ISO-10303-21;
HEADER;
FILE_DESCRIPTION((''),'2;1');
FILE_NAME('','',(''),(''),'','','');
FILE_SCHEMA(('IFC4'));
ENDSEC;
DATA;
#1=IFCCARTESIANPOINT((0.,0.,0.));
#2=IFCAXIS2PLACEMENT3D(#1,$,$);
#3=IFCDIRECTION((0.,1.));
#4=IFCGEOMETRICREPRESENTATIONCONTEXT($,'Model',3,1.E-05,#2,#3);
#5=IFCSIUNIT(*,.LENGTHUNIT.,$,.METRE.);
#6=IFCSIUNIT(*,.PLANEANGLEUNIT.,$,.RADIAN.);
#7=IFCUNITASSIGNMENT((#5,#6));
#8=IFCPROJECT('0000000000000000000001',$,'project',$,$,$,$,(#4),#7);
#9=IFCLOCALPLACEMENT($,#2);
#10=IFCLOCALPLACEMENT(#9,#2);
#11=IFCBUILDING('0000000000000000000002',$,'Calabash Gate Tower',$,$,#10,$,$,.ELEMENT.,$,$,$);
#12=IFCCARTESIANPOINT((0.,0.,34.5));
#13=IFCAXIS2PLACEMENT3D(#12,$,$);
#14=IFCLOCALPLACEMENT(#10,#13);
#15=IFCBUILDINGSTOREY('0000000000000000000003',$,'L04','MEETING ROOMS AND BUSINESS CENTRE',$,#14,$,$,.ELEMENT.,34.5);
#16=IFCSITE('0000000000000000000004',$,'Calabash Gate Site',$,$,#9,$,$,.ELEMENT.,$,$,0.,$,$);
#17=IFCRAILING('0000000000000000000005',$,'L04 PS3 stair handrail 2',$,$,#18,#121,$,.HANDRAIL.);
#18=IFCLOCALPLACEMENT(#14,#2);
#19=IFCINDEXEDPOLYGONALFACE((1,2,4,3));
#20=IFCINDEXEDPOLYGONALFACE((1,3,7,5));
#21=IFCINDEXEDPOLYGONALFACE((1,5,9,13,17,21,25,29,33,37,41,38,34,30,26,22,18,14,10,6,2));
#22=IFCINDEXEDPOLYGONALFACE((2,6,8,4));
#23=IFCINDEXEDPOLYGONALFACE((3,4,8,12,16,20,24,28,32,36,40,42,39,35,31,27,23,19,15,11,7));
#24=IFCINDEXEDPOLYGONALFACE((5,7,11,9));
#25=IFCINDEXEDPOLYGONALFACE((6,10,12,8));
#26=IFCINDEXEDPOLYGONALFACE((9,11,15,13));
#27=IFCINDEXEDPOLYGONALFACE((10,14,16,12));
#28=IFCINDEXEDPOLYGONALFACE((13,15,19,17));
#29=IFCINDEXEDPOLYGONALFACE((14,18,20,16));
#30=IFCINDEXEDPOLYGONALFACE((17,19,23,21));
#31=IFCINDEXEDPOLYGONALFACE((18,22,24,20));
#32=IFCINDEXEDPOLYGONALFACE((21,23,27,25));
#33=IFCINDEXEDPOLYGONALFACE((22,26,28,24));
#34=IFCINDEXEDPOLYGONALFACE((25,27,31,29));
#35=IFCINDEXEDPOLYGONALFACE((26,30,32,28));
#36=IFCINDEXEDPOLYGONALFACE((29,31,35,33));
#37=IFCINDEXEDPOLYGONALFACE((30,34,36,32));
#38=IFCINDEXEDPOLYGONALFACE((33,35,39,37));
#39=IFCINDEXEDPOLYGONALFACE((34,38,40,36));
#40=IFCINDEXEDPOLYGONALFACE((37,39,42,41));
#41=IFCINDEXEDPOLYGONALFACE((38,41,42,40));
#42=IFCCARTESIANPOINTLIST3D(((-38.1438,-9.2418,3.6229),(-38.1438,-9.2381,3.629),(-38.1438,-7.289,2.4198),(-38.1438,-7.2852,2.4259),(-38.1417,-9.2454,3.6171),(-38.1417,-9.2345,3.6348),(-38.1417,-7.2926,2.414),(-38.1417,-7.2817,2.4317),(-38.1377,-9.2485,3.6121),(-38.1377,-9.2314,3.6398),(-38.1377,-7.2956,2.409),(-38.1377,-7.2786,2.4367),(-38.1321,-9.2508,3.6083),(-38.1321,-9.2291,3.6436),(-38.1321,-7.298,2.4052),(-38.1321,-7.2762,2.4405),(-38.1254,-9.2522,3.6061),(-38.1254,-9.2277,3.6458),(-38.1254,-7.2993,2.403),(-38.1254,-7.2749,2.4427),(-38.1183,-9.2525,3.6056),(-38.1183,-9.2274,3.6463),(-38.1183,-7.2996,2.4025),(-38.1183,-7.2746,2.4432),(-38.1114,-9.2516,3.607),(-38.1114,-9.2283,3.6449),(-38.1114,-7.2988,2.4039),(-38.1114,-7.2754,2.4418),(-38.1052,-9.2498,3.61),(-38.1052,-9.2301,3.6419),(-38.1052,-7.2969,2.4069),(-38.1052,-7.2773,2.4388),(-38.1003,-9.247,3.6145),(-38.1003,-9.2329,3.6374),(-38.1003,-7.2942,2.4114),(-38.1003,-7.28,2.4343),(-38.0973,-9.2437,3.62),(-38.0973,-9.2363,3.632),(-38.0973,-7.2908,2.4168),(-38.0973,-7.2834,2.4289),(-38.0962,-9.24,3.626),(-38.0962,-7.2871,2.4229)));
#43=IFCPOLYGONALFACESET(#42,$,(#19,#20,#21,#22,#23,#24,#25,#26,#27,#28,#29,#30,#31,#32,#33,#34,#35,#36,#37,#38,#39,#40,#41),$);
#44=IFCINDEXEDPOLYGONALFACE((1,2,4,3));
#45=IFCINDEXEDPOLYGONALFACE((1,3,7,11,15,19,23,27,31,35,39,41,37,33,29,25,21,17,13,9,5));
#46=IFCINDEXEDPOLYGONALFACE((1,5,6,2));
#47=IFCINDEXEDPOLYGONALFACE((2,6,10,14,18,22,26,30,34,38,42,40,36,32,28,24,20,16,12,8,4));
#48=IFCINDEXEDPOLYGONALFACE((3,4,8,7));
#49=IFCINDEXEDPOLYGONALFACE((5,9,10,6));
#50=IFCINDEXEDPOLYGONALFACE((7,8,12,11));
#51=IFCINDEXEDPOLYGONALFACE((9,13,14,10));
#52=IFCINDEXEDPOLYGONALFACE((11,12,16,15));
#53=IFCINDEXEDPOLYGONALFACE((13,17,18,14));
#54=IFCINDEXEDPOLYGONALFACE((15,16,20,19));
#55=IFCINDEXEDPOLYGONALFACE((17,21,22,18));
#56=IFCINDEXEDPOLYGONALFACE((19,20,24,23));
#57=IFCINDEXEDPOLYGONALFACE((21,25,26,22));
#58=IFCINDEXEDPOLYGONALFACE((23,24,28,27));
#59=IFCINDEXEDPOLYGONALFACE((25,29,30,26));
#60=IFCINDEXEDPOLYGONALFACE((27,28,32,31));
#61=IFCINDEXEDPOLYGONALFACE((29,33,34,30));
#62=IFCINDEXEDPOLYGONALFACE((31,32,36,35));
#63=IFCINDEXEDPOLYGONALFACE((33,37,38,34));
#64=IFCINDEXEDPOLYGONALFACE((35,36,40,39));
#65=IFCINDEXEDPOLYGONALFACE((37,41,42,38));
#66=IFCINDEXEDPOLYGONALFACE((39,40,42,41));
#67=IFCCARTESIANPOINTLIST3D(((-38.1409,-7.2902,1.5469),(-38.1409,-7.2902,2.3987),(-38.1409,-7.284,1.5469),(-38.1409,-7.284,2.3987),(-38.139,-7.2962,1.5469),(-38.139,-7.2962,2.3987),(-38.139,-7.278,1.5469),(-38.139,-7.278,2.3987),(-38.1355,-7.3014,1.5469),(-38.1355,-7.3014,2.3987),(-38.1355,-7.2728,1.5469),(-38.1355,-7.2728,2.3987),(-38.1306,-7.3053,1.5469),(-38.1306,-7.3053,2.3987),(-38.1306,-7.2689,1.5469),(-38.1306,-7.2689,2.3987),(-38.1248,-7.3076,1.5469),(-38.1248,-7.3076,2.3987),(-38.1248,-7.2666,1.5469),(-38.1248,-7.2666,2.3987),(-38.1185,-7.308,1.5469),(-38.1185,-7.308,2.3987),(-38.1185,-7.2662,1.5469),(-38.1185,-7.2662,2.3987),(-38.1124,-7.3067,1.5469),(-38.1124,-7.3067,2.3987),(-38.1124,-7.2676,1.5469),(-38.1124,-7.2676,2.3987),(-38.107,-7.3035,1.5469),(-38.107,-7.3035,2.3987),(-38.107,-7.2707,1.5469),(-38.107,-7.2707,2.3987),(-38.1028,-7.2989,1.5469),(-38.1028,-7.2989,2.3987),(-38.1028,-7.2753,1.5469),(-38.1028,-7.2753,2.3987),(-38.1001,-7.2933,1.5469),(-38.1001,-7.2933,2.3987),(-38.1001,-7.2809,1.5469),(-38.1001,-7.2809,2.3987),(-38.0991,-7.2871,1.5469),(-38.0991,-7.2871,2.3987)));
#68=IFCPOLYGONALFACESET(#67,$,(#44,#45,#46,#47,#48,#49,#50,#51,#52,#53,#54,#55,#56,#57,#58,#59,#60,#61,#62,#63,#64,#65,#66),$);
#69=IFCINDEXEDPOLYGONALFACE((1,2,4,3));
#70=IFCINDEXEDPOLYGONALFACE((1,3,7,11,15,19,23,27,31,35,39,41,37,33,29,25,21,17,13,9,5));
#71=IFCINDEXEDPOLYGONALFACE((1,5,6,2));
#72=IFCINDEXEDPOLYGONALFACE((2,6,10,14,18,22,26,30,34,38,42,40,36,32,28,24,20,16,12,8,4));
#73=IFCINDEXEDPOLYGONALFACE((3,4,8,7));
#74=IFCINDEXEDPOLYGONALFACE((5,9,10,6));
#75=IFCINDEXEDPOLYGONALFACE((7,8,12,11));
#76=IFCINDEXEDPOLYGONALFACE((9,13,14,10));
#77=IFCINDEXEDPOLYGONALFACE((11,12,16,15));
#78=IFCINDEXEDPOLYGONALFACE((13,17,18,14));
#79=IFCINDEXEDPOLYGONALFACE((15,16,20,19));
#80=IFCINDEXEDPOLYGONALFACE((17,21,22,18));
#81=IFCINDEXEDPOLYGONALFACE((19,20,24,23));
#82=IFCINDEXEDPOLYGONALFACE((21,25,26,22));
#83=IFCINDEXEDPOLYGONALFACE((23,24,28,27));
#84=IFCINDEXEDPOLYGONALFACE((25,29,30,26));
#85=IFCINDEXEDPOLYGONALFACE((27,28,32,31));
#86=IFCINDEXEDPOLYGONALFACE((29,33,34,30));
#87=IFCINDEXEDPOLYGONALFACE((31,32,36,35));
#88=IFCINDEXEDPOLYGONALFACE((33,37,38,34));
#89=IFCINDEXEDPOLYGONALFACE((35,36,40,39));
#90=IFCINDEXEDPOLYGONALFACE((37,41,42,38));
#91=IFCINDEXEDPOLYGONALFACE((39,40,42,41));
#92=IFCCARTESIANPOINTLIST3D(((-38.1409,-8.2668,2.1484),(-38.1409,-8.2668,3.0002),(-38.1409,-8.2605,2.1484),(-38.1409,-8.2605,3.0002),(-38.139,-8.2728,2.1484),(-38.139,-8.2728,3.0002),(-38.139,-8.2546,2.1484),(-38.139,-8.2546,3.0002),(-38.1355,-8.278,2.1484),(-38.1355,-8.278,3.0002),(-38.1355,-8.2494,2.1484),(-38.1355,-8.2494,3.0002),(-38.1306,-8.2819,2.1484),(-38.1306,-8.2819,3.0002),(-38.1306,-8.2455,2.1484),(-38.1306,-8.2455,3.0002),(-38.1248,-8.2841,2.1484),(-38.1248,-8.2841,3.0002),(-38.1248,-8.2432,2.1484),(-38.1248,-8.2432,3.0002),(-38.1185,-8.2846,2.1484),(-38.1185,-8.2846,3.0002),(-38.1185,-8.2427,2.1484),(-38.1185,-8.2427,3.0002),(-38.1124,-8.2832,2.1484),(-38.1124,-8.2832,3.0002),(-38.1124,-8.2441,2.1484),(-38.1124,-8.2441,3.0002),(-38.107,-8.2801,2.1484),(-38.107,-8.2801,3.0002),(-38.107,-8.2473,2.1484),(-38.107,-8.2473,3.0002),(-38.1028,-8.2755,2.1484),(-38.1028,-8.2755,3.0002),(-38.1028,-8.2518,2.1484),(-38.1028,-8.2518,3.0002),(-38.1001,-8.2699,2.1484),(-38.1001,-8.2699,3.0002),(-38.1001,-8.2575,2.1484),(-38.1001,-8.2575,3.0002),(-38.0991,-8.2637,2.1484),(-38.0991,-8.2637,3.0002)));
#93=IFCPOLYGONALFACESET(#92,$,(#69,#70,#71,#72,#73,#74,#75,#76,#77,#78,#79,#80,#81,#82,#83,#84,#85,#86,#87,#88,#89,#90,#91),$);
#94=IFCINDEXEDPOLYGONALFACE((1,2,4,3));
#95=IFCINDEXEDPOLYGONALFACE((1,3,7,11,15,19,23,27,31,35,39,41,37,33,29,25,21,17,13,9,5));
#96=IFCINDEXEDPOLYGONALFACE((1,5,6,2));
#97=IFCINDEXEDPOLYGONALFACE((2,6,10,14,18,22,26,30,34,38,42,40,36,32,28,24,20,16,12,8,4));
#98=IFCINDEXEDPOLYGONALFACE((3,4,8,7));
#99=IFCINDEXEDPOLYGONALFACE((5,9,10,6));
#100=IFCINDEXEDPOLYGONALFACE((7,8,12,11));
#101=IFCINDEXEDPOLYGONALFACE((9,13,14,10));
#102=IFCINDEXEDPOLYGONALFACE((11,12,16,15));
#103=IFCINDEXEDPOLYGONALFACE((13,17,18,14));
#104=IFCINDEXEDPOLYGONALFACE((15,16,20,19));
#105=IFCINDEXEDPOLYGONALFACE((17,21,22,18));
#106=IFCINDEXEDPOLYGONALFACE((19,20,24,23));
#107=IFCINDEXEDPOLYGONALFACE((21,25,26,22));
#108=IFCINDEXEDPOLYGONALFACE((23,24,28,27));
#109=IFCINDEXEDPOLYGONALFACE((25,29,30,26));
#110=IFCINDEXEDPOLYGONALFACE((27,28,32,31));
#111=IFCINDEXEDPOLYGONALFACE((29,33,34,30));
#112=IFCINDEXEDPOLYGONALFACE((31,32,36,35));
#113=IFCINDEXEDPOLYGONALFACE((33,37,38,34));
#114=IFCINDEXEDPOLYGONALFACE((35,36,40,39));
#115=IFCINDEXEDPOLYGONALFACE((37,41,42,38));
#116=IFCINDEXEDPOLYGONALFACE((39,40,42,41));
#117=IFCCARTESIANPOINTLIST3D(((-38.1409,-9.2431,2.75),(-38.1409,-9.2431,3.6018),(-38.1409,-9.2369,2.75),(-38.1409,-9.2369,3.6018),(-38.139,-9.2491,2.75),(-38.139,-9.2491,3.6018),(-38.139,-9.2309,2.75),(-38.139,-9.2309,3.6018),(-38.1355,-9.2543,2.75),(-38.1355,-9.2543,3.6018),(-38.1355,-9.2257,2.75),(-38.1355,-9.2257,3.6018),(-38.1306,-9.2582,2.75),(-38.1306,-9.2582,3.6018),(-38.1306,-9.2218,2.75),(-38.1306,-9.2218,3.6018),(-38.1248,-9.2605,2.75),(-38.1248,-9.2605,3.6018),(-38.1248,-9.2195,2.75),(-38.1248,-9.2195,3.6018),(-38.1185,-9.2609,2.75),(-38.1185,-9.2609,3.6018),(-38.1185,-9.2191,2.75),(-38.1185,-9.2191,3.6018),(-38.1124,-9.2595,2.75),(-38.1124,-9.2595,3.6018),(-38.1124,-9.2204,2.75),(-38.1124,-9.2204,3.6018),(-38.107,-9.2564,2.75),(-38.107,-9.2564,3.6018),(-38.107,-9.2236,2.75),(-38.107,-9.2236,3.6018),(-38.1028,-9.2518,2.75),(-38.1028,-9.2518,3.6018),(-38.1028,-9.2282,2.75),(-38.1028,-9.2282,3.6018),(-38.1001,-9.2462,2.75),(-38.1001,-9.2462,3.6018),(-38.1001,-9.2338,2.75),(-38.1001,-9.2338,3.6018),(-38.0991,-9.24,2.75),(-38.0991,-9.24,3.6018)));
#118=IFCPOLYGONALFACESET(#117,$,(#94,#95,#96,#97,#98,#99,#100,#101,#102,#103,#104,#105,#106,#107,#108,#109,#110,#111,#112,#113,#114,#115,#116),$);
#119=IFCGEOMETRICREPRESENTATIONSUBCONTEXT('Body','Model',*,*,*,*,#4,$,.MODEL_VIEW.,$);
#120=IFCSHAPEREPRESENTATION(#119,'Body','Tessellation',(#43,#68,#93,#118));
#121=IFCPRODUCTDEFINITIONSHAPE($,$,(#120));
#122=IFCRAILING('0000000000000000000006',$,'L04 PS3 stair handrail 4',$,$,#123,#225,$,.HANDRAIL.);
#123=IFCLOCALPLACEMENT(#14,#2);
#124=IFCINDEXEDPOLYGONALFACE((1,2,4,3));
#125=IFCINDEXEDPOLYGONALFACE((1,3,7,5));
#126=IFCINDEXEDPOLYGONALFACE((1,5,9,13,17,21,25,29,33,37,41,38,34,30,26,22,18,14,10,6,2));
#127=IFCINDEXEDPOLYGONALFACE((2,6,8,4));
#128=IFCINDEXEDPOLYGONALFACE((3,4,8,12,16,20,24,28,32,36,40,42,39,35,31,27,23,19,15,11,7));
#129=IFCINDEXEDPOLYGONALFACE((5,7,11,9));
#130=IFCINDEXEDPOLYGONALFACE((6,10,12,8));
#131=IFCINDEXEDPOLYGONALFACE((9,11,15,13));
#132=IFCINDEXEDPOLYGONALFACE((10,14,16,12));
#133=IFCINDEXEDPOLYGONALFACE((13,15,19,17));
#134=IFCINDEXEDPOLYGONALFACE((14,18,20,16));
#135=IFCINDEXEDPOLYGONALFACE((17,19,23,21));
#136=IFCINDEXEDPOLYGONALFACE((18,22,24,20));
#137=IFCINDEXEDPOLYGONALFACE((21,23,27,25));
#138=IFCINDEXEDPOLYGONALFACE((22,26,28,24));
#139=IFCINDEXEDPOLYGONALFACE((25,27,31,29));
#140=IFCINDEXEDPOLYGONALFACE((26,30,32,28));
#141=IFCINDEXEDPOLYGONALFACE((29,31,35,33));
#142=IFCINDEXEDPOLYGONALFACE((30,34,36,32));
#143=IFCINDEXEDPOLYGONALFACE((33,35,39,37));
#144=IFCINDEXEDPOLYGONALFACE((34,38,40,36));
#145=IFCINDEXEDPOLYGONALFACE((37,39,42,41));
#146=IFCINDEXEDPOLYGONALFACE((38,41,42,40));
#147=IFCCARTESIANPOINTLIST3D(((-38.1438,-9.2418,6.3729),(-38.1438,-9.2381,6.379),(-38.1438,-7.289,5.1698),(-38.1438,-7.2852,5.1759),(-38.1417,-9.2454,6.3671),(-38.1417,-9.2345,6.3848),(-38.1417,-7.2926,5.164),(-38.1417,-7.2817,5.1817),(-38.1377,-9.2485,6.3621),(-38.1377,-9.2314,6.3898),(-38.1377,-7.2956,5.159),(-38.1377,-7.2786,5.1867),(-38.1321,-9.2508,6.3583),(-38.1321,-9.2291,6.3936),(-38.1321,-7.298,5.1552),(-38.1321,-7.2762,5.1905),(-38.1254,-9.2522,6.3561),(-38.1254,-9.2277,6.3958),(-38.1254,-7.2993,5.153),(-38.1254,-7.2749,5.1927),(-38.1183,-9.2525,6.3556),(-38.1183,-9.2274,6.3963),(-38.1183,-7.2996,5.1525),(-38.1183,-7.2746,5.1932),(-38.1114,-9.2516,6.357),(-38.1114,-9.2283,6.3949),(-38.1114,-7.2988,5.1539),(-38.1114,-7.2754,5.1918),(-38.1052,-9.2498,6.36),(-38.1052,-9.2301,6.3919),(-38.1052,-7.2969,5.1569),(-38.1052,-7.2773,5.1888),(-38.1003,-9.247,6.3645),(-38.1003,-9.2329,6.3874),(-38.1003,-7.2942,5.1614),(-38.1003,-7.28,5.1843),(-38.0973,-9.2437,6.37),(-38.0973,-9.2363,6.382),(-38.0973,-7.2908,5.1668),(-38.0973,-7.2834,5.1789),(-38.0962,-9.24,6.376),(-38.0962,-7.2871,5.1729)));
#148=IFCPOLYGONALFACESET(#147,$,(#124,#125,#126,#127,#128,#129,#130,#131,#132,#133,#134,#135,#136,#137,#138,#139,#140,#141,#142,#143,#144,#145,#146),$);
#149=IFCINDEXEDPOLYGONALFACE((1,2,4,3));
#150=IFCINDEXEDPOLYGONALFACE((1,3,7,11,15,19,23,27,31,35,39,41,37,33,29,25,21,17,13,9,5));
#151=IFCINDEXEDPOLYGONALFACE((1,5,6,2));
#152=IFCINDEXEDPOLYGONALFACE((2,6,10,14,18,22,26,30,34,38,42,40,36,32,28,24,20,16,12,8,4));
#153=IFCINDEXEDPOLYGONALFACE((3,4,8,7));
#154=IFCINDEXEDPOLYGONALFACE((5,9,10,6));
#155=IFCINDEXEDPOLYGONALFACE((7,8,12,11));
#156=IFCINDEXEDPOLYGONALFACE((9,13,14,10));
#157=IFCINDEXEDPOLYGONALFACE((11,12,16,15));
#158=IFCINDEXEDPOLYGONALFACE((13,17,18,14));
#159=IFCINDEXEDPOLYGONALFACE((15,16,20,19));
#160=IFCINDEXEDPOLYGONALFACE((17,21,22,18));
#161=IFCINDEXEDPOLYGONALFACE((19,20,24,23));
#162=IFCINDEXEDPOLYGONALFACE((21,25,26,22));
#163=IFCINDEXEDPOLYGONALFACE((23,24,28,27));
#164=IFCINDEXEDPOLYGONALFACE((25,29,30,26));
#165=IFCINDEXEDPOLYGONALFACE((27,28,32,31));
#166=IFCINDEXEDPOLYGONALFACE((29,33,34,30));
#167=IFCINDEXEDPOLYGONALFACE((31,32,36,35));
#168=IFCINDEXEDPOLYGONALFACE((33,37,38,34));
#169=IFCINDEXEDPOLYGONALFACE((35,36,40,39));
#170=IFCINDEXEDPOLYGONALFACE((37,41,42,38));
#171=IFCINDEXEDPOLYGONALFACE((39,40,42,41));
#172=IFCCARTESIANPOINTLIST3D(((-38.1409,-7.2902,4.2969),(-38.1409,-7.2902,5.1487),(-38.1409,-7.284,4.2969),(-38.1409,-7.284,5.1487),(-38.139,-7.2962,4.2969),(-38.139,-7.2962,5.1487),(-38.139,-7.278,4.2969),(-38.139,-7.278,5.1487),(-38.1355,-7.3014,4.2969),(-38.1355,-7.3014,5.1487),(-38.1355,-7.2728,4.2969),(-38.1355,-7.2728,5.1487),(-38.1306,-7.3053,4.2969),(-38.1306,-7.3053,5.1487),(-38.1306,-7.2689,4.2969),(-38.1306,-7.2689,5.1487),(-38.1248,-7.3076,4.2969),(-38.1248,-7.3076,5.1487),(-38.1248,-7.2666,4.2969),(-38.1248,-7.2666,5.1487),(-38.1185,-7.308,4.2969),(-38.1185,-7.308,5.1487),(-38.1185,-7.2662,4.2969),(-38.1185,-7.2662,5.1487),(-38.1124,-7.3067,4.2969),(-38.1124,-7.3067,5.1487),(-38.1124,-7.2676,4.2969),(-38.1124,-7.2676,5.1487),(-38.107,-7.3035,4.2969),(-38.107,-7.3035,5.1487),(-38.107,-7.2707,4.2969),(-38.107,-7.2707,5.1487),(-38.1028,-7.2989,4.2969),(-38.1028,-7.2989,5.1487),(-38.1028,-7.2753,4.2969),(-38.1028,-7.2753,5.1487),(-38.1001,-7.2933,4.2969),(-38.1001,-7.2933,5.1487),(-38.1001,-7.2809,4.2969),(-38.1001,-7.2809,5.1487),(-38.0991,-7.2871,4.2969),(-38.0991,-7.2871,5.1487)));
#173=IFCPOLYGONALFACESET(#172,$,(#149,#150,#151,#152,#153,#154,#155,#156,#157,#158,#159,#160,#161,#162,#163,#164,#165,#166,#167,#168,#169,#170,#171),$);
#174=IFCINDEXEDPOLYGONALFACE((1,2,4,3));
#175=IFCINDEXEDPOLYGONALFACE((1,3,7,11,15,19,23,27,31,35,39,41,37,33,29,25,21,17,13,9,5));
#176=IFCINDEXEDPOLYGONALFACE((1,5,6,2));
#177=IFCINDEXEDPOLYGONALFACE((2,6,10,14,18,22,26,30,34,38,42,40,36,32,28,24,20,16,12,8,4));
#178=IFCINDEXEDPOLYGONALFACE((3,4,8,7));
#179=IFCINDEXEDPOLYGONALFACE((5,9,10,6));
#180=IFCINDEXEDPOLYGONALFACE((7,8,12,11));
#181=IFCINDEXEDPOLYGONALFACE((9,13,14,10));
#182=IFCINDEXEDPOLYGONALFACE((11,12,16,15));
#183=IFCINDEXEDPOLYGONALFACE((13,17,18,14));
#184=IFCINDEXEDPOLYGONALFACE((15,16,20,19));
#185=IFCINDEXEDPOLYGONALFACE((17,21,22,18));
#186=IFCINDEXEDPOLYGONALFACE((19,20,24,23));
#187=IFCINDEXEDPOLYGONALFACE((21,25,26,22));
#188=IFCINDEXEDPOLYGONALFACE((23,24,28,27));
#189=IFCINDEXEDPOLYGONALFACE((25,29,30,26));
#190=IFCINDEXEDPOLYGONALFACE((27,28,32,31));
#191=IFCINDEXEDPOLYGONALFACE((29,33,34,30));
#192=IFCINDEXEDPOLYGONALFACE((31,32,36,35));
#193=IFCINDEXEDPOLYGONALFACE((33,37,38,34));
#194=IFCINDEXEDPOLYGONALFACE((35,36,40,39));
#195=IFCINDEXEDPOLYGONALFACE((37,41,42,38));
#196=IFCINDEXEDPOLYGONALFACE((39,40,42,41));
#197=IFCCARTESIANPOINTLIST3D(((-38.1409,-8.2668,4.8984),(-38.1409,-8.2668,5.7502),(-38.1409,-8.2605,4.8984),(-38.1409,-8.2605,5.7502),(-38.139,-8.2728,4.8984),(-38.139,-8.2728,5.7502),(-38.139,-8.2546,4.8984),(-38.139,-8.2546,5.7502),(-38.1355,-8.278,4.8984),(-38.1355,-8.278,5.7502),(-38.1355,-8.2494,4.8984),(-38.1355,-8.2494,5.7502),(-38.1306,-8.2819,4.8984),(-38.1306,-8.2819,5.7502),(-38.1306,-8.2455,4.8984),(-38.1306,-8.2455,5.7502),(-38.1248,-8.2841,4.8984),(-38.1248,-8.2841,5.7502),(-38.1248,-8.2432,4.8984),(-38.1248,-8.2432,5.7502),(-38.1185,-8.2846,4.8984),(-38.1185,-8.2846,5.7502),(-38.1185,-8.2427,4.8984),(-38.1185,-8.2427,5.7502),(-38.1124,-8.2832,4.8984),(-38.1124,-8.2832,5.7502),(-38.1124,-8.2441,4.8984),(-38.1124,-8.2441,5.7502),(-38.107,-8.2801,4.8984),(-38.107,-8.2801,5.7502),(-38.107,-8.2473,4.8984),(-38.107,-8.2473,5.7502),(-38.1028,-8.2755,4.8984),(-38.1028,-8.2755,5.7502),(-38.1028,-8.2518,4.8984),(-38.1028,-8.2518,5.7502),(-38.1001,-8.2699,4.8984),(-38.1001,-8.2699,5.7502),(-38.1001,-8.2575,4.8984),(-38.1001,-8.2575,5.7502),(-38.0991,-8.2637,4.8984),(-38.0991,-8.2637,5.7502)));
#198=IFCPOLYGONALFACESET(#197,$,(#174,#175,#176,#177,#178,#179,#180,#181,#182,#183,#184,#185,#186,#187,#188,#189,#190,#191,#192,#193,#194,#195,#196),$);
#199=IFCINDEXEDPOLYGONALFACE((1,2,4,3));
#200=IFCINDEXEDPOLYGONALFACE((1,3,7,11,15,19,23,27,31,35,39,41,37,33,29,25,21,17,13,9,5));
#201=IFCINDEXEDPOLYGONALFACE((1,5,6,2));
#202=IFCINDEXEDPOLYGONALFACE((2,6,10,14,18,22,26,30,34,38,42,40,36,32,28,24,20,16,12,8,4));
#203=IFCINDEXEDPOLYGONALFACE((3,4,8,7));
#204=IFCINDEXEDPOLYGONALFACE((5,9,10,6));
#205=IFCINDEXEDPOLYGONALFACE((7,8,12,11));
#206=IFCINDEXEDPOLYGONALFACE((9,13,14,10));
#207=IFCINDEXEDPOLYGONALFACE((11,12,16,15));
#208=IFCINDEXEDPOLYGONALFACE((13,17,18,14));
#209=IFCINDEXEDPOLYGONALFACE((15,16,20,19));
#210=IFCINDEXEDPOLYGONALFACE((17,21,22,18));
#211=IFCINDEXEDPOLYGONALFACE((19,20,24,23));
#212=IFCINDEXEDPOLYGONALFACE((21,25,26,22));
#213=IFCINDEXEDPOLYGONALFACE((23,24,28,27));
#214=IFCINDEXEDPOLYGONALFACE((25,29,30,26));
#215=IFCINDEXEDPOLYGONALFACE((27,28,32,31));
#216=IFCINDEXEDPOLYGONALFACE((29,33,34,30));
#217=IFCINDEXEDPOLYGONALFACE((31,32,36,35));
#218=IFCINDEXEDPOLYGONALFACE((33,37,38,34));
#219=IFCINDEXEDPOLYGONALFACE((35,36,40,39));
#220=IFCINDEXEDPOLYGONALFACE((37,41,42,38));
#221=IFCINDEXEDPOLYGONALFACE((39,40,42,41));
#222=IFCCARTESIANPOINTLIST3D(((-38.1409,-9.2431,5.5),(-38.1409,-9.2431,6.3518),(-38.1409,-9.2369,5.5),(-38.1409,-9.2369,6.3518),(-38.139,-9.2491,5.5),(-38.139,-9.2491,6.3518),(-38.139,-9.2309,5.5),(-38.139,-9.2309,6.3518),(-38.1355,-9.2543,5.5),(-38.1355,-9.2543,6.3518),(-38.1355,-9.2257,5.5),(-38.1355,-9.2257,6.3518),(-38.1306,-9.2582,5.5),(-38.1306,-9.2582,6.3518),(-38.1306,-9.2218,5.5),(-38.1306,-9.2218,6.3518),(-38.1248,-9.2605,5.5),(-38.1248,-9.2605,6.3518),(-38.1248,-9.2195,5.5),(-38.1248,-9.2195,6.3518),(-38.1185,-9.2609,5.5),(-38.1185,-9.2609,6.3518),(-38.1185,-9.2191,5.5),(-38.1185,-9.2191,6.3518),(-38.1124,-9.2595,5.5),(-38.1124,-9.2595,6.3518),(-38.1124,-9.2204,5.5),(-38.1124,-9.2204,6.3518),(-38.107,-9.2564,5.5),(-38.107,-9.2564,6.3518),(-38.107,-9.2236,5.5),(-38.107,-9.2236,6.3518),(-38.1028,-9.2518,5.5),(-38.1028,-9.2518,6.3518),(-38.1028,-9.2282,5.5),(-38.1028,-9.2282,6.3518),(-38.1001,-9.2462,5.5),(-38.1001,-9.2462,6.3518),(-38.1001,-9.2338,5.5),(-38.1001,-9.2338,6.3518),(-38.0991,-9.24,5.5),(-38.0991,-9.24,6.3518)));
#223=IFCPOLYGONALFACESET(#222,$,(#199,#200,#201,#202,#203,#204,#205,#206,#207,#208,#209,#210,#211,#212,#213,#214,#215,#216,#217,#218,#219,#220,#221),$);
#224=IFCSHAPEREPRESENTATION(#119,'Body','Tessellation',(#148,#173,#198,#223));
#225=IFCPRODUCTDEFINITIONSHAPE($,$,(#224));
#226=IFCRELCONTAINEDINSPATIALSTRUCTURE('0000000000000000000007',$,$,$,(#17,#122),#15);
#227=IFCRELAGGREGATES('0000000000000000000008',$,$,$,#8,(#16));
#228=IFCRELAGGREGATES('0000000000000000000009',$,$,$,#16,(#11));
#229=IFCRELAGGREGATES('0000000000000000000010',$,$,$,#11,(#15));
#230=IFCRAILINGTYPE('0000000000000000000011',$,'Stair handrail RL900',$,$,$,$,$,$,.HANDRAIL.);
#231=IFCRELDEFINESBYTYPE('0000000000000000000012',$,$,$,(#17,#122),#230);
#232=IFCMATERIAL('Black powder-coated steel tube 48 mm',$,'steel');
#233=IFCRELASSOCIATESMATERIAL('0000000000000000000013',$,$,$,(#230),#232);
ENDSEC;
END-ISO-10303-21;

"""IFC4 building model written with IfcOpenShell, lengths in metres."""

from ifc_helpers import new_model, si_unit, direction, frame, origin, origin_2d, place, context, subcontext, project, spatial, circle, extrude, material, type_object, element, save


model = new_model("IFC4")

# Units and contexts
model_context = context("Model", 3, precision=1e-05, world=origin(), true_north=direction((0.0, 1.0)))
body_context = subcontext(model_context, "Body", "Model", "MODEL_VIEW")
ifc_project = project(units=[si_unit("LENGTHUNIT", "METRE"), si_unit("PLANEANGLEUNIT", "RADIAN")], contexts=[model_context])

# Site, building, storey
site_placement = place(None, origin())
site = spatial("IfcSite", under=ifc_project, at=site_placement, Name="Calabash Gate Site", CompositionType="ELEMENT", RefElevation=0.0)
building_placement = place(site_placement, origin())
building = spatial("IfcBuilding", under=site, at=building_placement, Name="Calabash Gate Tower", CompositionType="ELEMENT")
storey_placement = place(building_placement, frame((0.0, 0.0, 34.5)))
storey = spatial("IfcBuildingStorey", under=building, at=storey_placement, Name="L04", Description="MEETING ROOMS AND BUSINESS CENTRE", CompositionType="ELEMENT", Elevation=34.5)

# Railings
ifc_material_1 = material(Name="Black powder-coated steel tube 48 mm", Category="steel")
railing_type_1 = type_object("IfcRailingType", Name="Stair handrail RL900", PredefinedType="HANDRAIL", material=ifc_material_1)
for number, where, name in (
    (1, (-38.1201, -7.2871, 1.5469), "L04 PS3 stair handrail 2"),
    (2, (-38.1201, -7.2871, 4.2969), "L04 PS3 stair handrail 4"),
):
    element("IfcRailing", number, at=place(storey_placement, frame(where)), inside=storey, type_object=railing_type_1, Name=name, PredefinedType="HANDRAIL", context=body_context, shape_type="SweptSolid", body=[
        extrude(circle(Radius=0.0239, at=origin_2d()), frame((0.0, 0.0, 0.876), z_axis=(0.0, -0.851395, 0.524525), x_axis=(1.0, 0.0, 0.0)), (0.0, 0.0, 1.0), 2.2937),
        extrude(circle(Radius=0.021, at=origin_2d()), origin(), (0.0, 0.0, 1.0), 0.8518),
        extrude(circle(Radius=0.021, at=origin_2d()), frame((0.0, -0.9766, 0.6016)), (0.0, 0.0, 1.0), 0.8518),
        extrude(circle(Radius=0.021, at=origin_2d()), frame((0.0, -1.9529, 1.2031)), (0.0, 0.0, 1.0), 0.8518),
    ])

save(model, "model.ifc")
